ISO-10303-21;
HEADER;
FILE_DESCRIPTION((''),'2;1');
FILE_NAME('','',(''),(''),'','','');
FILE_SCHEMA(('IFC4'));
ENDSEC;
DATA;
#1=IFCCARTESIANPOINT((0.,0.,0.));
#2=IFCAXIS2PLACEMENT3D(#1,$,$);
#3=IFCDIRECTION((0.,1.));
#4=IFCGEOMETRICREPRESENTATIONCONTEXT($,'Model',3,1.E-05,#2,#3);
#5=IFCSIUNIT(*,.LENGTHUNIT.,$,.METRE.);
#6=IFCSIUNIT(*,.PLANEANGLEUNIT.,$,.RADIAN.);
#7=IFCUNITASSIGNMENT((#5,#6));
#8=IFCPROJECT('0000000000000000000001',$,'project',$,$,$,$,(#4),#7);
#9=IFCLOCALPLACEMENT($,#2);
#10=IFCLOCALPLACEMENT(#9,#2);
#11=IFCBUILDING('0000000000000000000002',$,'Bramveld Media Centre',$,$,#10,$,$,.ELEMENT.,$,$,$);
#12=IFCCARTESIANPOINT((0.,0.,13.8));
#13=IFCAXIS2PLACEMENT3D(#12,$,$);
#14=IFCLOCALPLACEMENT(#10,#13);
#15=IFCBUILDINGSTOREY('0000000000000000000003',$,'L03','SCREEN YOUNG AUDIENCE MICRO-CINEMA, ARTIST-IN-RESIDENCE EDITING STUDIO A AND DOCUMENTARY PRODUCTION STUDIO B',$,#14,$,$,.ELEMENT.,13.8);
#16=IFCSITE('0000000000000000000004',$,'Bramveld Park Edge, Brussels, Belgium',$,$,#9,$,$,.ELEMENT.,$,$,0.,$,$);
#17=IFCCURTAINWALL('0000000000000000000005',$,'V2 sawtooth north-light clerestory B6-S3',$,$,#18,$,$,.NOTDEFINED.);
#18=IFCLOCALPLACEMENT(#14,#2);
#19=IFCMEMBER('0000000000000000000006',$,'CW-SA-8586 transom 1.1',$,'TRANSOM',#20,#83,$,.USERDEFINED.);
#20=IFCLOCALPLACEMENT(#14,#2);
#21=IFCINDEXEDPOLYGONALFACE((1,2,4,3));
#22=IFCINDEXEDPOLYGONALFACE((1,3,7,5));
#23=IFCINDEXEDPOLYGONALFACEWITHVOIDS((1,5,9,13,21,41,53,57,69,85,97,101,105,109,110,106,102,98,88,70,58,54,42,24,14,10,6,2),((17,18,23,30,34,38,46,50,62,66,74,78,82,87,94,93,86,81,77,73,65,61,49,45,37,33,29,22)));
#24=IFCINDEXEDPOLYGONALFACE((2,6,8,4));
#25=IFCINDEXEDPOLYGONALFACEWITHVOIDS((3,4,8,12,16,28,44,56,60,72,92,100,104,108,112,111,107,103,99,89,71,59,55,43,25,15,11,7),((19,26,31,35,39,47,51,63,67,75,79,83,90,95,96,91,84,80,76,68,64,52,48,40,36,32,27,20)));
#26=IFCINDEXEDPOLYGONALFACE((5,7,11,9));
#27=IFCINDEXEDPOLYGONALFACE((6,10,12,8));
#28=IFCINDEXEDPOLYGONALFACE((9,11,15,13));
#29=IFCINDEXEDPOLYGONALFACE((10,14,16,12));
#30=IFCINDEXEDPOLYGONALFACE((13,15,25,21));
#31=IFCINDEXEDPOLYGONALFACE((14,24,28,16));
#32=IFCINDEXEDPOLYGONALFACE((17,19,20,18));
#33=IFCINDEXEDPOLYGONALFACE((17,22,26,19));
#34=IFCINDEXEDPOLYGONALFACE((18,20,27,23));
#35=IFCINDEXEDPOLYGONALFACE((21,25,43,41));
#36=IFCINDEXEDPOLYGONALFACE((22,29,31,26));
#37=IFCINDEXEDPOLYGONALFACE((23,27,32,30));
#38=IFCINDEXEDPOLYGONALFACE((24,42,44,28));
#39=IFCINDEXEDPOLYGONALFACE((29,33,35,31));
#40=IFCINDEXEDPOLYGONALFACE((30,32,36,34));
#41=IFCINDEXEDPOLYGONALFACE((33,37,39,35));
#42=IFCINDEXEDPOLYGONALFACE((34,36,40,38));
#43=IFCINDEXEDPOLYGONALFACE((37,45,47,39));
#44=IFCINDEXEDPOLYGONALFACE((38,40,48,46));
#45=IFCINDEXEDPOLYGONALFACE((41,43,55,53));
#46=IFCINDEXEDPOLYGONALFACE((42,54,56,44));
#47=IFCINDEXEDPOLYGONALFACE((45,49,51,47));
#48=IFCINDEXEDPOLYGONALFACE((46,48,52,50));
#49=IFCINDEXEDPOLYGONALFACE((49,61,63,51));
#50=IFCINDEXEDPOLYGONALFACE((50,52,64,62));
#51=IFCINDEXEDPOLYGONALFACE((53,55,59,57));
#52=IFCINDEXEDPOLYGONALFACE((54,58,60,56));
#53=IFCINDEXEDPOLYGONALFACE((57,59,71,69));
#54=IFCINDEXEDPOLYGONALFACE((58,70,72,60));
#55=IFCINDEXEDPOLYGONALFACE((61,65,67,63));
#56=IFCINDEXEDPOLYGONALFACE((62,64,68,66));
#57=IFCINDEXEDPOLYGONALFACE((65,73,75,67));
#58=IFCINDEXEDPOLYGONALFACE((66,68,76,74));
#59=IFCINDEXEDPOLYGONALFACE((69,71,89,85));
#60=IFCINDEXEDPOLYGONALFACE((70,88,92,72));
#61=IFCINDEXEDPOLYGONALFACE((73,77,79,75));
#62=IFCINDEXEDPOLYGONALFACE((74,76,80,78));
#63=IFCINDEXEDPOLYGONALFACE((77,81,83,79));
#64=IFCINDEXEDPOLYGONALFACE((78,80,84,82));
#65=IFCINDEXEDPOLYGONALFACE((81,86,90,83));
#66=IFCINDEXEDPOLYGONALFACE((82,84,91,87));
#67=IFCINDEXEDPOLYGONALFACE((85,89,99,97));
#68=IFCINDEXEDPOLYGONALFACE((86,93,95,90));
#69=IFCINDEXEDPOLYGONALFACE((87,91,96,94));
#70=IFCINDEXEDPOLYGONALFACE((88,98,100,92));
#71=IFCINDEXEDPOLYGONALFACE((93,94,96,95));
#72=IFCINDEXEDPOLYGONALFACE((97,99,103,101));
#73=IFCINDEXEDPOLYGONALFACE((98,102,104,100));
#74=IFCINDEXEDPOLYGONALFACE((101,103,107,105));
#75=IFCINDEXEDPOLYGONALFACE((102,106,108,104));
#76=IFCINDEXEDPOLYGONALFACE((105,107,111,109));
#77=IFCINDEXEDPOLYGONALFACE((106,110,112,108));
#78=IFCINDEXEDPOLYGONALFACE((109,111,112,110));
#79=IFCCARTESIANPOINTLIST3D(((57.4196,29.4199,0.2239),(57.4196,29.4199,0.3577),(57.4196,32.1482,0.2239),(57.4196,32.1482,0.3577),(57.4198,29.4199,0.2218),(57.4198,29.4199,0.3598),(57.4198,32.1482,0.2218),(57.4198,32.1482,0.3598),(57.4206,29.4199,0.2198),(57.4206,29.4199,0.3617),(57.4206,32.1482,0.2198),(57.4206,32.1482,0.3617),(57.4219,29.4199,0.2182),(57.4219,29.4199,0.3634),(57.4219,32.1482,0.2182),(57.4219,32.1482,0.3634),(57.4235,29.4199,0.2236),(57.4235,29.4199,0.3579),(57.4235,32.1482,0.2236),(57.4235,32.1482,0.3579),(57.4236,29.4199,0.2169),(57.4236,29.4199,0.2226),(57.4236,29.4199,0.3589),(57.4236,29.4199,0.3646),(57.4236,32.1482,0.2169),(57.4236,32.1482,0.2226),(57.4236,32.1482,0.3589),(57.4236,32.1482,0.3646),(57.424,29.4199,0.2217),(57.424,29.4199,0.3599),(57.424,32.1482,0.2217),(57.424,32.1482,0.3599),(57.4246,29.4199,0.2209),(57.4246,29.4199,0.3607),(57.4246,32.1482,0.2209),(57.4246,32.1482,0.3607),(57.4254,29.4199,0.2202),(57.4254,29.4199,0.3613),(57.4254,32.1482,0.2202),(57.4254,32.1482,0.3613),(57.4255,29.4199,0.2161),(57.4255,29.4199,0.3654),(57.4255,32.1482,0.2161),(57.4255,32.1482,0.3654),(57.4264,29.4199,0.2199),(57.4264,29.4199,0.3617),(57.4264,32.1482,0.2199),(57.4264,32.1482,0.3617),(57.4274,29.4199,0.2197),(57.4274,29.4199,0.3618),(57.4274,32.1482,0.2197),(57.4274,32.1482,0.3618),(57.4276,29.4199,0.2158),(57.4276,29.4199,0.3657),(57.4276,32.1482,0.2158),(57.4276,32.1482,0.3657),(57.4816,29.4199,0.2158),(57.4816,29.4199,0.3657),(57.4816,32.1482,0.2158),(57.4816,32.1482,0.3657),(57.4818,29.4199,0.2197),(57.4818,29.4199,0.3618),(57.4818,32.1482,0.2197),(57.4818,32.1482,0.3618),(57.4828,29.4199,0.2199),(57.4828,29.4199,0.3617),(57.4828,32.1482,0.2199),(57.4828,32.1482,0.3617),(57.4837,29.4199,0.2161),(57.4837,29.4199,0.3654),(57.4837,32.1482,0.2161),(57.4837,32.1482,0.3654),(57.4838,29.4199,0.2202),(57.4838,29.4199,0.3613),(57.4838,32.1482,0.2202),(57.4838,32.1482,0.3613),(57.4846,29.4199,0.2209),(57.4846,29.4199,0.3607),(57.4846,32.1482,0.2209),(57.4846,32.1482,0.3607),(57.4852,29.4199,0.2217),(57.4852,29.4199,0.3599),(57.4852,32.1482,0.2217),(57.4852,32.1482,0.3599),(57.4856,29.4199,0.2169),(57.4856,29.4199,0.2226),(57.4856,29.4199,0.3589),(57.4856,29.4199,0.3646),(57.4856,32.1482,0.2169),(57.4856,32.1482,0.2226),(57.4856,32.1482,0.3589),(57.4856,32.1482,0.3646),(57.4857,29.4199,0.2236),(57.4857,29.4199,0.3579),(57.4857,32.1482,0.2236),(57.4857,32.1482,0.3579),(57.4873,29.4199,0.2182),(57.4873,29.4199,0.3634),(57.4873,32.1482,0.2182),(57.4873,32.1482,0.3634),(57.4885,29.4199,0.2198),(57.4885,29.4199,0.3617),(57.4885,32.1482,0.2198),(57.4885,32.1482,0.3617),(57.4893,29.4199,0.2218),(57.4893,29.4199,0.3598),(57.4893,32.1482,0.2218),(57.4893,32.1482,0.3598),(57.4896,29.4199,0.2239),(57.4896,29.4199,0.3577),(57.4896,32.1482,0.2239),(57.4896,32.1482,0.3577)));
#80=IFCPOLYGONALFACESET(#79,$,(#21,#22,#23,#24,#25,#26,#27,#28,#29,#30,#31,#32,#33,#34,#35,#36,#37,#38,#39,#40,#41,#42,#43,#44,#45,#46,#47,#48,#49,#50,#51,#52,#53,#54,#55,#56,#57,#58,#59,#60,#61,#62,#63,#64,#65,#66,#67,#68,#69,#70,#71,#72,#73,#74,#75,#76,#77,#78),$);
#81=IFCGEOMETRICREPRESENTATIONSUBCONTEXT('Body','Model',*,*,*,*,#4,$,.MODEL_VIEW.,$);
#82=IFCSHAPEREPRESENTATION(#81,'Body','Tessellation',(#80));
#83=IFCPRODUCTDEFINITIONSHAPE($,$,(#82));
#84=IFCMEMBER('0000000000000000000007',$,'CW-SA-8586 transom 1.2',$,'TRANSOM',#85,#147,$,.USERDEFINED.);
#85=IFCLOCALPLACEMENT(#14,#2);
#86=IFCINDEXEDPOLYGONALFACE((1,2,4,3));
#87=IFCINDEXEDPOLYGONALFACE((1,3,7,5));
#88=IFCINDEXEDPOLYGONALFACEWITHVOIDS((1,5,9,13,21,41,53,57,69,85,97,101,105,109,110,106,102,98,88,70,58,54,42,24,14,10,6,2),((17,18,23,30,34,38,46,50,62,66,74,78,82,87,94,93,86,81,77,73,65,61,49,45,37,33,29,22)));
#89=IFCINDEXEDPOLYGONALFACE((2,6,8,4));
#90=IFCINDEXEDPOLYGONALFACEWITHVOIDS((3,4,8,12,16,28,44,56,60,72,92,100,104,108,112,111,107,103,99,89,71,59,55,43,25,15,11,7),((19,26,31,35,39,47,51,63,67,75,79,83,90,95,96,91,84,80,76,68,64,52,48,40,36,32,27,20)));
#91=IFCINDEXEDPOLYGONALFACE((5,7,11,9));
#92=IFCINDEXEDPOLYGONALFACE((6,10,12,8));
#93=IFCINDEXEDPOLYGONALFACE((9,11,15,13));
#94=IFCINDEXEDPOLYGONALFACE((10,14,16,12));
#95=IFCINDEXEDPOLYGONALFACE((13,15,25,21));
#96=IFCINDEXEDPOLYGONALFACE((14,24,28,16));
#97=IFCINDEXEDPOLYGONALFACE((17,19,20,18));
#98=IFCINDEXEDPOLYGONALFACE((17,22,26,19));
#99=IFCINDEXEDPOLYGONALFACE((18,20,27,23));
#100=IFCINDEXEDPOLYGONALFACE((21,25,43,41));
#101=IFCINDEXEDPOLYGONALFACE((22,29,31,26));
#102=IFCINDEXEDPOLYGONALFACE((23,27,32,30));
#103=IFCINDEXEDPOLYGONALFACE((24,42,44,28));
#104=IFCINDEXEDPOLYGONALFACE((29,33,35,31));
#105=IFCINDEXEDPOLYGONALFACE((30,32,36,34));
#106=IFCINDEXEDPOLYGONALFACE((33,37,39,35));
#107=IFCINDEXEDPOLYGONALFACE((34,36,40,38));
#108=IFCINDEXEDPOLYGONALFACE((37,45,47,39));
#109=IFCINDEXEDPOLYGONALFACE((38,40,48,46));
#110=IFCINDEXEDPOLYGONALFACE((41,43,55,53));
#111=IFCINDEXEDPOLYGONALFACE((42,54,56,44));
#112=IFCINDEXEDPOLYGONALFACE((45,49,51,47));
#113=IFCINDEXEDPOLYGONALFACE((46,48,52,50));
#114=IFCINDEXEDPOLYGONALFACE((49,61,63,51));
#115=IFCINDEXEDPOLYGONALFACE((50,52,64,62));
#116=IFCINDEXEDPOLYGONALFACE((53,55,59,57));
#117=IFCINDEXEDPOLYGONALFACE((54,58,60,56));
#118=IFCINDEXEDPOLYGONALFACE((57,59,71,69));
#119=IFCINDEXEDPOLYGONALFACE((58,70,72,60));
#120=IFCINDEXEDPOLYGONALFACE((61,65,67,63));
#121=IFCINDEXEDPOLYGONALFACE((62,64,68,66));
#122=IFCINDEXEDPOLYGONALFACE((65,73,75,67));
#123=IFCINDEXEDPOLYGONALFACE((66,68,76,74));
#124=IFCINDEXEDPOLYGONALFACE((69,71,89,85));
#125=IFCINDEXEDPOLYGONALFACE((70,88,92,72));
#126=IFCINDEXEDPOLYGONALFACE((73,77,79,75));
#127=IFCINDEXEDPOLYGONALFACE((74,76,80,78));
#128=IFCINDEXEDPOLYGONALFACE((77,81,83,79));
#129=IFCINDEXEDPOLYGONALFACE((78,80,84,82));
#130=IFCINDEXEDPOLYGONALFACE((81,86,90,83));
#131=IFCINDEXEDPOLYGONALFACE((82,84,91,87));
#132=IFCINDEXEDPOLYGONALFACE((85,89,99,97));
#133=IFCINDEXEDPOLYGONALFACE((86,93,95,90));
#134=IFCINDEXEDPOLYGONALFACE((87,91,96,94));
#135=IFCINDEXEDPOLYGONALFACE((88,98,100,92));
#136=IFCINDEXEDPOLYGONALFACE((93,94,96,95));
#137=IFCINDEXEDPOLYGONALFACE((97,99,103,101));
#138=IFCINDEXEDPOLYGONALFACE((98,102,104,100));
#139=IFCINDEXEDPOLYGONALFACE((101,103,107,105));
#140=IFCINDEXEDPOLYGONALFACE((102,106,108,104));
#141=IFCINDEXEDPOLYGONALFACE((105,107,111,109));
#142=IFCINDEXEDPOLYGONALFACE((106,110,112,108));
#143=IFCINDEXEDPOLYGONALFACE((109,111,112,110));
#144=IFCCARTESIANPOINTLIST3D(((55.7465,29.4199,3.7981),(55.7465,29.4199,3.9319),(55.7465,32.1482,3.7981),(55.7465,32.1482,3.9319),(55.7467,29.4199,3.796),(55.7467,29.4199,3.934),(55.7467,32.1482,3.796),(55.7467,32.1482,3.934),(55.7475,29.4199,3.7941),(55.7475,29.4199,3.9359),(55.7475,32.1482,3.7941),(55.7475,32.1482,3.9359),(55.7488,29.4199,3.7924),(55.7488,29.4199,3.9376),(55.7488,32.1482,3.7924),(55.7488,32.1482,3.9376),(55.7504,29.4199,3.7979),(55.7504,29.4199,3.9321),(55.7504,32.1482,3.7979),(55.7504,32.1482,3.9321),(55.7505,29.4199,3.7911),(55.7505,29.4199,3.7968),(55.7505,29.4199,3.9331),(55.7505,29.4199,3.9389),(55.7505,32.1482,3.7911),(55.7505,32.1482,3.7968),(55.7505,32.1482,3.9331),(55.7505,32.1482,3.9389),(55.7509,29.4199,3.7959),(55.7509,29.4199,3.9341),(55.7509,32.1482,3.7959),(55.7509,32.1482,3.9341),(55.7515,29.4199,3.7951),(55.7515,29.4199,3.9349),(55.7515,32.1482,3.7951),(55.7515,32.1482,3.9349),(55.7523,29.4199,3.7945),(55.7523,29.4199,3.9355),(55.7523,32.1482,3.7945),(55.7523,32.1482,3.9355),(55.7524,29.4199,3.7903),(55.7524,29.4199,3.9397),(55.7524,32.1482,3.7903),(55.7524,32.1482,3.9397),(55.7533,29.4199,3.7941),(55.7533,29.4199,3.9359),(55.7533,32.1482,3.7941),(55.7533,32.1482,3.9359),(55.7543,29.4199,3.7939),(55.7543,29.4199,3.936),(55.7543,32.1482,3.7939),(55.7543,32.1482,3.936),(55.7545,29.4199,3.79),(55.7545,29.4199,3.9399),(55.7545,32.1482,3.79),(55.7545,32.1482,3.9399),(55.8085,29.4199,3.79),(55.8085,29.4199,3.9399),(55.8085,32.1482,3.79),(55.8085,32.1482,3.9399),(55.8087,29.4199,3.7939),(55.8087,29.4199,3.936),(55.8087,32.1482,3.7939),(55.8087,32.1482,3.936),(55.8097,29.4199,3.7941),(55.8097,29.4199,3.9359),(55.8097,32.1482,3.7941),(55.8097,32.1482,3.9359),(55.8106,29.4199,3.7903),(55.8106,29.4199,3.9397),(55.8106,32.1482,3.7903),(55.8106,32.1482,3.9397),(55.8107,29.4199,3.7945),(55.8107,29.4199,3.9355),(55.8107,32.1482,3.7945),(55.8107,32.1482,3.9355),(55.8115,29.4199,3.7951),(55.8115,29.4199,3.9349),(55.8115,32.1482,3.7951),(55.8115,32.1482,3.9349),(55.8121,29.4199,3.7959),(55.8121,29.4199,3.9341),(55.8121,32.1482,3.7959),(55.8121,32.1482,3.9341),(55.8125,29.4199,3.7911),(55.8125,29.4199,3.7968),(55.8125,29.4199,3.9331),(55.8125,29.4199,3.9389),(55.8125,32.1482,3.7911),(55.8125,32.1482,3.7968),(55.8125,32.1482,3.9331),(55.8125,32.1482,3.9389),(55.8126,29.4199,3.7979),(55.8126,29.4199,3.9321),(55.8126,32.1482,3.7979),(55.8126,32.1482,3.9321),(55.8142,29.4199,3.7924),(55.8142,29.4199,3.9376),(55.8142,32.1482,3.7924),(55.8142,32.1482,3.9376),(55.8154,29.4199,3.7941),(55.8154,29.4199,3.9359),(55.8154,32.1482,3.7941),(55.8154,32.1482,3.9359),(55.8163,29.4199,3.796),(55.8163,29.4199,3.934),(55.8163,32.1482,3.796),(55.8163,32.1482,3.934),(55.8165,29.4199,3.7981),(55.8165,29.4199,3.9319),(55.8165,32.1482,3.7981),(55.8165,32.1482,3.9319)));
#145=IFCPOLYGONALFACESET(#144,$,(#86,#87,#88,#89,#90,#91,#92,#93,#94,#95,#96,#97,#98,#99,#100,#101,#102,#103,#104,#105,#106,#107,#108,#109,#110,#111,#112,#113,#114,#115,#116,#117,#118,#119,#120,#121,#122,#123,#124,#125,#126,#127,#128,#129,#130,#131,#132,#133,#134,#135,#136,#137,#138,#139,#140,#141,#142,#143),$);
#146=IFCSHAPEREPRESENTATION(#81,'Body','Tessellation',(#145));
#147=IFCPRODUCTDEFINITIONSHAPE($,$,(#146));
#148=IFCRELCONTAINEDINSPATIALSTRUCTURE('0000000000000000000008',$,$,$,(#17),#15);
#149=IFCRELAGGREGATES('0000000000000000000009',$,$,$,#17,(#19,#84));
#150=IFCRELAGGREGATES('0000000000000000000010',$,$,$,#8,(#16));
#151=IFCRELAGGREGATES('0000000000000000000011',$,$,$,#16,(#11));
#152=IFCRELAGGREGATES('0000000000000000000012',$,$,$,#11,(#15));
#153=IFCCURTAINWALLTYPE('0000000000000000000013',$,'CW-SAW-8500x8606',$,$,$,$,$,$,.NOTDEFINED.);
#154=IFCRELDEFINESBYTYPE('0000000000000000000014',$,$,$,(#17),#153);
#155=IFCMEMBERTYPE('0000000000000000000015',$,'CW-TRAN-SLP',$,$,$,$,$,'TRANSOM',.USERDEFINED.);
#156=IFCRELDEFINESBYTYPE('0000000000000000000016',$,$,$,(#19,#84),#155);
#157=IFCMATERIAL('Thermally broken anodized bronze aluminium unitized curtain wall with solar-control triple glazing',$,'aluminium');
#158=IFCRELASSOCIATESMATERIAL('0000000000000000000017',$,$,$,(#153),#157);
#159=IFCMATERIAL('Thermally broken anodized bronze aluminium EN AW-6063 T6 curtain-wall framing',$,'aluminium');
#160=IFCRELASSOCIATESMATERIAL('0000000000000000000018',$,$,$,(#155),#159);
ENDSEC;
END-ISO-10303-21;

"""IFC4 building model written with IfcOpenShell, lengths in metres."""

from ifc_helpers import new_model, si_unit, direction, frame, origin, origin_2d, place, context, subcontext, project, spatial, hollow_rectangle, extrude, material, material_profile, profile_set, type_object, element, aggregate, save


model = new_model("IFC4")

# Units and contexts
model_context = context("Model", 3, precision=1e-05, world=origin(), true_north=direction((0.0, 1.0)))
body_context = subcontext(model_context, "Body", "Model", "MODEL_VIEW")
ifc_project = project(units=[si_unit("LENGTHUNIT", "METRE"), si_unit("PLANEANGLEUNIT", "RADIAN")], contexts=[model_context])

# Site, building, storey
site_placement = place(None, origin())
site = spatial("IfcSite", under=ifc_project, at=site_placement, Name="Bramveld Park Edge, Brussels, Belgium", CompositionType="ELEMENT", RefElevation=0.0)
building_placement = place(site_placement, origin())
building = spatial("IfcBuilding", under=site, at=building_placement, Name="Bramveld Media Centre", CompositionType="ELEMENT")
storey_placement = place(building_placement, frame((0.0, 0.0, 13.8)))
storey = spatial("IfcBuildingStorey", under=building, at=storey_placement, Name="L03", Description="SCREEN YOUNG AUDIENCE MICRO-CINEMA, ARTIST-IN-RESIDENCE EDITING STUDIO A AND DOCUMENTARY PRODUCTION STUDIO B", CompositionType="ELEMENT", Elevation=13.8)

# Curtain wall, members
ifc_material_1 = material(Name="Thermally broken anodized bronze aluminium unitized curtain wall with solar-control triple glazing", Category="aluminium")
curtain_wall_type = type_object("IfcCurtainWallType", Name="CW-SAW-8500x8606", PredefinedType="NOTDEFINED", material=ifc_material_1)
curtain_wall_placement = place(storey_placement, origin())
curtain_wall = element("IfcCurtainWall", 1, at=curtain_wall_placement, inside=storey, type_object=curtain_wall_type, Name="V2 sawtooth north-light clerestory B6-S3", PredefinedType="NOTDEFINED")
ifc_material_2 = material(Name="Thermally broken anodized bronze aluminium EN AW-6063 T6 curtain-wall framing", Category="aluminium")
ifc_material_profile_1 = material_profile(ifc_material_2, hollow_rectangle(XDim=0.0701, YDim=0.1499, WallThickness=0.0039, InnerFilletRadius=0.0039, OuterFilletRadius=0.0081, at=origin_2d()), Name="AL-TRAN 70x150")
ifc_profile_set_1 = profile_set([ifc_material_profile_1], Name="Thermally broken anodized bronze aluminium EN AW-6063 T6 curtain-wall framing")
member_type_1 = type_object("IfcMemberType", Name="CW-TRAN-SLP", ElementType="TRANSOM", PredefinedType="USERDEFINED", material=ifc_profile_set_1)
member_1_placement = place(storey_placement, frame((57.4546, 29.4199, 0.2908), z_axis=(0.0, 1.0, 0.0), x_axis=(-1.0, 0.0, 0.0)))
member_1 = element("IfcMember", 2, at=member_1_placement, type_object=member_type_1, Name="CW-SA-8586 transom 1.1", ObjectType="TRANSOM", PredefinedType="USERDEFINED", context=body_context, shape_type="SweptSolid", body=[
    extrude(hollow_rectangle(XDim=0.0701, YDim=0.1499, WallThickness=0.0039, InnerFilletRadius=0.0039, OuterFilletRadius=0.0081, at=origin_2d()), origin(), (0.0, 0.0, 1.0), 2.7283),
])
member_2_placement = place(storey_placement, frame((55.7815, 29.4199, 3.865), z_axis=(0.0, 1.0, 0.0), x_axis=(-1.0, 0.0, 0.0)))
member_2 = element("IfcMember", 3, at=member_2_placement, type_object=member_type_1, Name="CW-SA-8586 transom 1.2", ObjectType="TRANSOM", PredefinedType="USERDEFINED", context=body_context, shape_type="SweptSolid", body=[
    extrude(hollow_rectangle(XDim=0.0701, YDim=0.1499, WallThickness=0.0039, InnerFilletRadius=0.0039, OuterFilletRadius=0.0081, at=origin_2d()), origin(), (0.0, 0.0, 1.0), 2.7283),
])

aggregate(curtain_wall, [member_1, member_2])

save(model, "model.ifc")
